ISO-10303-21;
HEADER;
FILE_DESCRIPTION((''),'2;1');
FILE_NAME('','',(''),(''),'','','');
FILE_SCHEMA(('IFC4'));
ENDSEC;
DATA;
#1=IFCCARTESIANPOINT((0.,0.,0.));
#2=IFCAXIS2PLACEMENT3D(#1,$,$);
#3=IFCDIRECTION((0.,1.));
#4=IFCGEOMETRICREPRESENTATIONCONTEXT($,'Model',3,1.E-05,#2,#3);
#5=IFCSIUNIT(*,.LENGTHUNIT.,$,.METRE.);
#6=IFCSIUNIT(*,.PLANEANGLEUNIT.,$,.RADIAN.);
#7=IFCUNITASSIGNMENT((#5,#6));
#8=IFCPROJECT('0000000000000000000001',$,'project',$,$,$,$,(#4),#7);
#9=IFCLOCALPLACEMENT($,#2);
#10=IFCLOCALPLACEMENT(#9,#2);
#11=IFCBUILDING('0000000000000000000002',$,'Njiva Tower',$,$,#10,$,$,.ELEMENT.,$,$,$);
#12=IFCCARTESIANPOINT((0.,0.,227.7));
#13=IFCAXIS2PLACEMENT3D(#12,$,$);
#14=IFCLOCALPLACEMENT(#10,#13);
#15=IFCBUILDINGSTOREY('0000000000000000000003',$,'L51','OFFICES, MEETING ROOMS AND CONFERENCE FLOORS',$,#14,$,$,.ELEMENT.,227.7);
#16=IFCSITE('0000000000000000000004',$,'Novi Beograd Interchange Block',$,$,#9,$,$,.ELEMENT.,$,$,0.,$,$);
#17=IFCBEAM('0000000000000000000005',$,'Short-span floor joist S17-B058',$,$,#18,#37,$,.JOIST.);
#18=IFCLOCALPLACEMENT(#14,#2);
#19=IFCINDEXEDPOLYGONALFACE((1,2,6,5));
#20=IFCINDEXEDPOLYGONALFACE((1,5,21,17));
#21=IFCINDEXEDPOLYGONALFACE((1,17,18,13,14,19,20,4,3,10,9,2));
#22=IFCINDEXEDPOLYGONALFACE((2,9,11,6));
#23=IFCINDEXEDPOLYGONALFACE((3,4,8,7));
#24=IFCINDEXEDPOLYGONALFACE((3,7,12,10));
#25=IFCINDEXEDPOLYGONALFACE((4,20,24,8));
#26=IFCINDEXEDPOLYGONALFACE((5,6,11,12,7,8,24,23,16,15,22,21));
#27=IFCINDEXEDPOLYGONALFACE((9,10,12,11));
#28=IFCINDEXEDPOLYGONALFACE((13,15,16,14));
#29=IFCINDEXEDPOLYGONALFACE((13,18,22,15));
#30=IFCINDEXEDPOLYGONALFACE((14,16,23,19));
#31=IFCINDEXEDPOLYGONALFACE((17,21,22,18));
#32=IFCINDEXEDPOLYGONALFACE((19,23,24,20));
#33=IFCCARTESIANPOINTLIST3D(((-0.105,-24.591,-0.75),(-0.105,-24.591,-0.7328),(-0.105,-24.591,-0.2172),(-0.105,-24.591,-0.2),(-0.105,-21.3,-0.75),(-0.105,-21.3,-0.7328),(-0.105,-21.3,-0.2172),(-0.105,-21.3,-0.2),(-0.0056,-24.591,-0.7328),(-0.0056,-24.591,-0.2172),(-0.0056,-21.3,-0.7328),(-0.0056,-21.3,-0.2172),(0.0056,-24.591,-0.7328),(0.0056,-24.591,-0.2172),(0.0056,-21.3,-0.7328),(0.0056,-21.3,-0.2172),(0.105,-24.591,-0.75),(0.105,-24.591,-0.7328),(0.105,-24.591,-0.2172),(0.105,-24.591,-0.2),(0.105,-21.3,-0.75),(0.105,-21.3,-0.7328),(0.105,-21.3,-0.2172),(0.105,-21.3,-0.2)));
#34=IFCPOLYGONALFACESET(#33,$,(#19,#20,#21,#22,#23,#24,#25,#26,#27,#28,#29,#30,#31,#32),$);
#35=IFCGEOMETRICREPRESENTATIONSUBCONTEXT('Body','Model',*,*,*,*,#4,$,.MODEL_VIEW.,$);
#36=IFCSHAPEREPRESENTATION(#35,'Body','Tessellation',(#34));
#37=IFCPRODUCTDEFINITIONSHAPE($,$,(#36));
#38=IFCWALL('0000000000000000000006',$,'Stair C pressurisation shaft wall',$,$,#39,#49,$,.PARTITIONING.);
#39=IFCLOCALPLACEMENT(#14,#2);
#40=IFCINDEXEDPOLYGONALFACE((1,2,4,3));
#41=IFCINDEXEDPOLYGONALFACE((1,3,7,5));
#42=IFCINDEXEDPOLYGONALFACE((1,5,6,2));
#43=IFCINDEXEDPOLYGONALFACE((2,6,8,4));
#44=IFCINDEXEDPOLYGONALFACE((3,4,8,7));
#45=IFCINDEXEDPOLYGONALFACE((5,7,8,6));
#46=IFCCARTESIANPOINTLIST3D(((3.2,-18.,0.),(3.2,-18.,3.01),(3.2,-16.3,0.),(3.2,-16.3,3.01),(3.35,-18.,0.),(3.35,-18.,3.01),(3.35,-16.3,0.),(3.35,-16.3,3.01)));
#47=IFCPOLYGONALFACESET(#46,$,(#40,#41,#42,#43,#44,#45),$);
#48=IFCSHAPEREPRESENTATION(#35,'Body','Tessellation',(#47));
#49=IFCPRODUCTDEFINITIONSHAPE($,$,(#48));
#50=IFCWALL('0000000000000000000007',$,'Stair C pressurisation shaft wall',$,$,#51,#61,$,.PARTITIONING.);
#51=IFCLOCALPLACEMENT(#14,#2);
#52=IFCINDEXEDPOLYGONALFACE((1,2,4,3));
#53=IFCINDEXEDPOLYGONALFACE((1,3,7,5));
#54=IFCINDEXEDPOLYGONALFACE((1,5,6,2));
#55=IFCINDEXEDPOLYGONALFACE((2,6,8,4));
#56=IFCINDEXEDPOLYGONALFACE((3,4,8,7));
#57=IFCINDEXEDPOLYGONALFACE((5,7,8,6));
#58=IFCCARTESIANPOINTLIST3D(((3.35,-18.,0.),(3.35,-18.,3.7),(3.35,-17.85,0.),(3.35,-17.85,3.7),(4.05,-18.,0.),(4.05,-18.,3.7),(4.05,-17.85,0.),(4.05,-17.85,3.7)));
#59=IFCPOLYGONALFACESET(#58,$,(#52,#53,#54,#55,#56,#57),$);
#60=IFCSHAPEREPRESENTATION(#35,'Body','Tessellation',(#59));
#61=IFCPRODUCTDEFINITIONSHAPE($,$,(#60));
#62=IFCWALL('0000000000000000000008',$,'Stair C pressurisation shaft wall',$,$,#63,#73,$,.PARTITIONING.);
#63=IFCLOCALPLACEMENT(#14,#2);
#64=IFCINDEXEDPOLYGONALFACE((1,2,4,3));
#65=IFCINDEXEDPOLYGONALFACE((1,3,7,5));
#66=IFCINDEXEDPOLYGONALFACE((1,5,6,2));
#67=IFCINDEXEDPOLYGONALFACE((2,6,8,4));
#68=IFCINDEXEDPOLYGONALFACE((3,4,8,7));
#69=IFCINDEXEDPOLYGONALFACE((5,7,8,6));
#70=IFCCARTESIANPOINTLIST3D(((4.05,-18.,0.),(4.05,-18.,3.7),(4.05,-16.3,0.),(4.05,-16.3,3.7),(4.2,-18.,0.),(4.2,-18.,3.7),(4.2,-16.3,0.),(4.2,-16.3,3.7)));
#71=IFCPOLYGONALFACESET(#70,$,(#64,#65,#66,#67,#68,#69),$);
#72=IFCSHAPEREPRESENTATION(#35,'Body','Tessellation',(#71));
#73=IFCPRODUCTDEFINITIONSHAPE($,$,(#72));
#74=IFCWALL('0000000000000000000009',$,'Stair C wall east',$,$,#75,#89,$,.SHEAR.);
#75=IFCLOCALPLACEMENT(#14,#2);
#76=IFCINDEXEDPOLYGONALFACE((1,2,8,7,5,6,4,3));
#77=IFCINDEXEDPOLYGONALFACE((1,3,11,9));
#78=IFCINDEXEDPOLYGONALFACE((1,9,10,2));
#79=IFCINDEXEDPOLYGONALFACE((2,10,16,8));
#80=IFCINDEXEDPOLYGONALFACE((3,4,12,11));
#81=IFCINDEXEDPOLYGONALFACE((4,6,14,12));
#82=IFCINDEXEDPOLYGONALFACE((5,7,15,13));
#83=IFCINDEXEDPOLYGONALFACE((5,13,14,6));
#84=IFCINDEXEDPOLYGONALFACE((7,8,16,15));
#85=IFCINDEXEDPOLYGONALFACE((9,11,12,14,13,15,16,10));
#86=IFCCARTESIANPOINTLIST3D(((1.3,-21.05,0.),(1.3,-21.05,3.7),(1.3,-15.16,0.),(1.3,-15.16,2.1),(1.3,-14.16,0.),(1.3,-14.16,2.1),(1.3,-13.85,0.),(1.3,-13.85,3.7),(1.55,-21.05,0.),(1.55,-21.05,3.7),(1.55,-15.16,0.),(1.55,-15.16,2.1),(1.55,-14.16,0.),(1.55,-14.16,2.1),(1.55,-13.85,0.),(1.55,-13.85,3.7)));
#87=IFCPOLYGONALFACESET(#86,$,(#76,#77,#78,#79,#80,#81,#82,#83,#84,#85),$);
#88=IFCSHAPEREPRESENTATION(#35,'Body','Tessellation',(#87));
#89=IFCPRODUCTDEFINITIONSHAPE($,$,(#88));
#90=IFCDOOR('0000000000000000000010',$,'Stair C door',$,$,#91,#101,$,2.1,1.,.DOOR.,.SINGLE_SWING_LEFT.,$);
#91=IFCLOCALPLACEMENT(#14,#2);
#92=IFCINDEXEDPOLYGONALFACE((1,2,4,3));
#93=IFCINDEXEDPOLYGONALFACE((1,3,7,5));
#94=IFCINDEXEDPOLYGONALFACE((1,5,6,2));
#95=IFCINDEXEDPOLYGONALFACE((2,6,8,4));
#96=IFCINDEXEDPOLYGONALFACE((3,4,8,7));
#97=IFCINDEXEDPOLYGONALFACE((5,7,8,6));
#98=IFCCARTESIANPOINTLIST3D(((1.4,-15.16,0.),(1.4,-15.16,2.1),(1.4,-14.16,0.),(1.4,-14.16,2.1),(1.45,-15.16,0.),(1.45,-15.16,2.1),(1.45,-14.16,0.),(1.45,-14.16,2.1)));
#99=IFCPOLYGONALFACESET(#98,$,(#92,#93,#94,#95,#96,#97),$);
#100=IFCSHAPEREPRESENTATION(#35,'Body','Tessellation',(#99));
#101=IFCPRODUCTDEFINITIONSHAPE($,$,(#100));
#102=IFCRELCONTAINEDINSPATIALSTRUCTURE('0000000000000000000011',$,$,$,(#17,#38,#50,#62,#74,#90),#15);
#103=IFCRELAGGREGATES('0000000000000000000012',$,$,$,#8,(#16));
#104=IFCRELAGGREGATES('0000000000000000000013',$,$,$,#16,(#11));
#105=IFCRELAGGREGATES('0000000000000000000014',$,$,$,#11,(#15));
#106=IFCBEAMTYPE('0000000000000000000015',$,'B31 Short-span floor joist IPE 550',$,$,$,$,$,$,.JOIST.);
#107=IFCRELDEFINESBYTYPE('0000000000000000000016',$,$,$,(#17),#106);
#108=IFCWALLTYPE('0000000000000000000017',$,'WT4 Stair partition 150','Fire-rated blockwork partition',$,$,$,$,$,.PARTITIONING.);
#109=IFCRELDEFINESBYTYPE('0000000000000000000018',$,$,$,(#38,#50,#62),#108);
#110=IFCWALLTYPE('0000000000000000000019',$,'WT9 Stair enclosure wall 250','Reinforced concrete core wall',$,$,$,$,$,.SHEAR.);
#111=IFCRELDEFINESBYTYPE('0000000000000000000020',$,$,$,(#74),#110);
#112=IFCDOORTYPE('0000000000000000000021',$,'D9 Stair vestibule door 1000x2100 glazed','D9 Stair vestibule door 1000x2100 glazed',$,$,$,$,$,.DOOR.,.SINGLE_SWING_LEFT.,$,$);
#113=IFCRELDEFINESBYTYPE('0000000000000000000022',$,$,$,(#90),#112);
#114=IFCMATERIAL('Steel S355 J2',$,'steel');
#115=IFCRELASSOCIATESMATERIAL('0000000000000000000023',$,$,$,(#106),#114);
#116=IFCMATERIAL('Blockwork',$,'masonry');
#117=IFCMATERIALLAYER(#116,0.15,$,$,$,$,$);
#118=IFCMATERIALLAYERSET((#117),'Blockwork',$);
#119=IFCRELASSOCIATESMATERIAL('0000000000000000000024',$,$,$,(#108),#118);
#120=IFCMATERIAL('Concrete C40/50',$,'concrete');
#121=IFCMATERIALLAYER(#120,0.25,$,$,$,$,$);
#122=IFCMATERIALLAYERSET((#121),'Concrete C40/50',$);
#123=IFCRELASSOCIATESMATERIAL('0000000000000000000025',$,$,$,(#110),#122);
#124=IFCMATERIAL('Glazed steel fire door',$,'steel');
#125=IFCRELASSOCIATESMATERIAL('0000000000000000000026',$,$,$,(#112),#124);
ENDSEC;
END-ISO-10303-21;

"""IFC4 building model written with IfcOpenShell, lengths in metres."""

from ifc_helpers import new_model, si_unit, direction, frame, frame_2d, origin, origin_2d, place, context, subcontext, project, spatial, rectangle, i_section, extrude, material, layer, layer_set, material_profile, profile_set, type_object, element, fill, save


model = new_model("IFC4")

# Units and contexts
model_context = context("Model", 3, precision=1e-05, world=origin(), true_north=direction((0.0, 1.0)))
body_context = subcontext(model_context, "Body", "Model", "MODEL_VIEW")
ifc_project = project(units=[si_unit("LENGTHUNIT", "METRE"), si_unit("PLANEANGLEUNIT", "RADIAN")], contexts=[model_context])

# Site, building, storey
site_placement = place(None, origin())
site = spatial("IfcSite", under=ifc_project, at=site_placement, Name="Novi Beograd Interchange Block", CompositionType="ELEMENT", RefElevation=0.0)
building_placement = place(site_placement, origin())
building = spatial("IfcBuilding", under=site, at=building_placement, Name="Njiva Tower", CompositionType="ELEMENT")
storey_placement = place(building_placement, frame((0.0, 0.0, 227.7)))
storey = spatial("IfcBuildingStorey", under=building, at=storey_placement, Name="L51", Description="OFFICES, MEETING ROOMS AND CONFERENCE FLOORS", CompositionType="ELEMENT", Elevation=227.7)

# Shared definitions
ifc_material_1 = material(Name="Steel S355 J2", Category="steel")

# Beam
ifc_material_profile_1 = material_profile(ifc_material_1, i_section(OverallWidth=0.21, OverallDepth=0.55, WebThickness=0.0111, FlangeThickness=0.0172, at=origin_2d()), Name="IPE 550")
ifc_profile_set_1 = profile_set([ifc_material_profile_1], Name="Steel S355 J2")
beam_type_1 = type_object("IfcBeamType", Name="B31 Short-span floor joist IPE 550", PredefinedType="JOIST", material=ifc_profile_set_1)
beam_1_placement = place(storey_placement, frame((0.0, -21.3, -0.475), z_axis=(0.0, -1.0, 0.0), x_axis=(1.0, 0.0, 0.0)))
element("IfcBeam", 1, at=beam_1_placement, inside=storey, type_object=beam_type_1, Name="Short-span floor joist S17-B058", PredefinedType="JOIST", context=body_context, shape_type="SweptSolid", body=[
    extrude(i_section(OverallWidth=0.21, OverallDepth=0.55, WebThickness=0.0111, FlangeThickness=0.0172, at=origin_2d()), origin(), (0.0, 0.0, 1.0), 3.291),
])

# Walls
ifc_material_2 = material(Name="Blockwork", Category="masonry")
ifc_layer_1 = layer(ifc_material_2, 0.15)
ifc_layer_set_1 = layer_set([ifc_layer_1], Name="Blockwork")
wall_type_1 = type_object("IfcWallType", Name="WT4 Stair partition 150", Description="Fire-rated blockwork partition", PredefinedType="PARTITIONING", material=ifc_layer_set_1)
wall_1_placement = place(storey_placement, frame((3.275, -18.0, 0.0), z_axis=(0.0, 0.0, 1.0), x_axis=(0.0, 1.0, 0.0)))
element("IfcWall", 2, at=wall_1_placement, inside=storey, type_object=wall_type_1, Name="Stair C pressurisation shaft wall", PredefinedType="PARTITIONING", context=body_context, shape_type="SweptSolid", body=[
    extrude(rectangle(XDim=1.7, YDim=0.15, at=frame_2d((0.85, 0.0))), origin(), (0.0, 0.0, 1.0), 3.01),
])
wall_2_placement = place(storey_placement, frame((3.35, -17.925, 0.0), z_axis=(0.0, 0.0, 1.0), x_axis=(1.0, 0.0, 0.0)))
element("IfcWall", 3, at=wall_2_placement, inside=storey, type_object=wall_type_1, Name="Stair C pressurisation shaft wall", PredefinedType="PARTITIONING", context=body_context, shape_type="SweptSolid", body=[
    extrude(rectangle(XDim=0.7, YDim=0.15, at=frame_2d((0.35, 0.0))), origin(), (0.0, 0.0, 1.0), 3.7),
])
wall_3_placement = place(storey_placement, frame((4.125, -18.0, 0.0), z_axis=(0.0, 0.0, 1.0), x_axis=(0.0, 1.0, 0.0)))
element("IfcWall", 4, at=wall_3_placement, inside=storey, type_object=wall_type_1, Name="Stair C pressurisation shaft wall", PredefinedType="PARTITIONING", context=body_context, shape_type="SweptSolid", body=[
    extrude(rectangle(XDim=1.7, YDim=0.15, at=frame_2d((0.85, 0.0))), origin(), (0.0, 0.0, 1.0), 3.7),
])

# Wall, opening, door
ifc_material_3 = material(Name="Concrete C40/50", Category="concrete")
ifc_layer_2 = layer(ifc_material_3, 0.25)
ifc_layer_set_2 = layer_set([ifc_layer_2], Name="Concrete C40/50")
wall_type_2 = type_object("IfcWallType", Name="WT9 Stair enclosure wall 250", Description="Reinforced concrete core wall", PredefinedType="SHEAR", material=ifc_layer_set_2)
wall_4_placement = place(storey_placement, frame((1.425, -21.05, 0.0), z_axis=(0.0, 0.0, 1.0), x_axis=(0.0, 1.0, 0.0)))
wall_4 = element("IfcWall", 5, at=wall_4_placement, inside=storey, type_object=wall_type_2, Name="Stair C wall east", PredefinedType="SHEAR", context=body_context, shape_type="SweptSolid", body=[
    extrude(rectangle(XDim=7.2, YDim=0.25, at=frame_2d((3.6, 0.0))), origin(), (0.0, 0.0, 1.0), 3.7),
])
opening_1_placement = place(wall_4_placement, frame((5.89, 0.0, 0.0)))
opening_1 = element("IfcOpeningElement", 6, at=opening_1_placement, cuts=wall_4, PredefinedType="OPENING", context=body_context, shape_type="SweptSolid", body=[
    extrude(rectangle(XDim=1.0, YDim=2.1, at=frame_2d((0.5, 1.05))), frame((0.0, 0.135, 0.0), z_axis=(0.0, -1.0, 0.0), x_axis=(1.0, 0.0, 0.0)), (0.0, 0.0, 1.0), 0.27),
])
ifc_material_4 = material(Name="Glazed steel fire door", Category="steel")
door_type = type_object("IfcDoorType", Name="D9 Stair vestibule door 1000x2100 glazed", Description="D9 Stair vestibule door 1000x2100 glazed", OperationType="SINGLE_SWING_LEFT", PredefinedType="DOOR", material=ifc_material_4)
door_placement = place(opening_1_placement, origin())
door = element("IfcDoor", 7, at=door_placement, inside=storey, type_object=door_type, Name="Stair C door", OperationType="SINGLE_SWING_LEFT", OverallHeight=2.1, OverallWidth=1.0, PredefinedType="DOOR", context=body_context, shape_type="SweptSolid", body=[
    extrude(rectangle(XDim=1.0, YDim=2.1, at=frame_2d((0.5, 1.05))), frame((0.0, 0.025, 0.0), z_axis=(0.0, -1.0, 0.0), x_axis=(1.0, 0.0, 0.0)), (0.0, 0.0, 1.0), 0.05),
])
fill(opening_1, door)

save(model, "model.ifc")
